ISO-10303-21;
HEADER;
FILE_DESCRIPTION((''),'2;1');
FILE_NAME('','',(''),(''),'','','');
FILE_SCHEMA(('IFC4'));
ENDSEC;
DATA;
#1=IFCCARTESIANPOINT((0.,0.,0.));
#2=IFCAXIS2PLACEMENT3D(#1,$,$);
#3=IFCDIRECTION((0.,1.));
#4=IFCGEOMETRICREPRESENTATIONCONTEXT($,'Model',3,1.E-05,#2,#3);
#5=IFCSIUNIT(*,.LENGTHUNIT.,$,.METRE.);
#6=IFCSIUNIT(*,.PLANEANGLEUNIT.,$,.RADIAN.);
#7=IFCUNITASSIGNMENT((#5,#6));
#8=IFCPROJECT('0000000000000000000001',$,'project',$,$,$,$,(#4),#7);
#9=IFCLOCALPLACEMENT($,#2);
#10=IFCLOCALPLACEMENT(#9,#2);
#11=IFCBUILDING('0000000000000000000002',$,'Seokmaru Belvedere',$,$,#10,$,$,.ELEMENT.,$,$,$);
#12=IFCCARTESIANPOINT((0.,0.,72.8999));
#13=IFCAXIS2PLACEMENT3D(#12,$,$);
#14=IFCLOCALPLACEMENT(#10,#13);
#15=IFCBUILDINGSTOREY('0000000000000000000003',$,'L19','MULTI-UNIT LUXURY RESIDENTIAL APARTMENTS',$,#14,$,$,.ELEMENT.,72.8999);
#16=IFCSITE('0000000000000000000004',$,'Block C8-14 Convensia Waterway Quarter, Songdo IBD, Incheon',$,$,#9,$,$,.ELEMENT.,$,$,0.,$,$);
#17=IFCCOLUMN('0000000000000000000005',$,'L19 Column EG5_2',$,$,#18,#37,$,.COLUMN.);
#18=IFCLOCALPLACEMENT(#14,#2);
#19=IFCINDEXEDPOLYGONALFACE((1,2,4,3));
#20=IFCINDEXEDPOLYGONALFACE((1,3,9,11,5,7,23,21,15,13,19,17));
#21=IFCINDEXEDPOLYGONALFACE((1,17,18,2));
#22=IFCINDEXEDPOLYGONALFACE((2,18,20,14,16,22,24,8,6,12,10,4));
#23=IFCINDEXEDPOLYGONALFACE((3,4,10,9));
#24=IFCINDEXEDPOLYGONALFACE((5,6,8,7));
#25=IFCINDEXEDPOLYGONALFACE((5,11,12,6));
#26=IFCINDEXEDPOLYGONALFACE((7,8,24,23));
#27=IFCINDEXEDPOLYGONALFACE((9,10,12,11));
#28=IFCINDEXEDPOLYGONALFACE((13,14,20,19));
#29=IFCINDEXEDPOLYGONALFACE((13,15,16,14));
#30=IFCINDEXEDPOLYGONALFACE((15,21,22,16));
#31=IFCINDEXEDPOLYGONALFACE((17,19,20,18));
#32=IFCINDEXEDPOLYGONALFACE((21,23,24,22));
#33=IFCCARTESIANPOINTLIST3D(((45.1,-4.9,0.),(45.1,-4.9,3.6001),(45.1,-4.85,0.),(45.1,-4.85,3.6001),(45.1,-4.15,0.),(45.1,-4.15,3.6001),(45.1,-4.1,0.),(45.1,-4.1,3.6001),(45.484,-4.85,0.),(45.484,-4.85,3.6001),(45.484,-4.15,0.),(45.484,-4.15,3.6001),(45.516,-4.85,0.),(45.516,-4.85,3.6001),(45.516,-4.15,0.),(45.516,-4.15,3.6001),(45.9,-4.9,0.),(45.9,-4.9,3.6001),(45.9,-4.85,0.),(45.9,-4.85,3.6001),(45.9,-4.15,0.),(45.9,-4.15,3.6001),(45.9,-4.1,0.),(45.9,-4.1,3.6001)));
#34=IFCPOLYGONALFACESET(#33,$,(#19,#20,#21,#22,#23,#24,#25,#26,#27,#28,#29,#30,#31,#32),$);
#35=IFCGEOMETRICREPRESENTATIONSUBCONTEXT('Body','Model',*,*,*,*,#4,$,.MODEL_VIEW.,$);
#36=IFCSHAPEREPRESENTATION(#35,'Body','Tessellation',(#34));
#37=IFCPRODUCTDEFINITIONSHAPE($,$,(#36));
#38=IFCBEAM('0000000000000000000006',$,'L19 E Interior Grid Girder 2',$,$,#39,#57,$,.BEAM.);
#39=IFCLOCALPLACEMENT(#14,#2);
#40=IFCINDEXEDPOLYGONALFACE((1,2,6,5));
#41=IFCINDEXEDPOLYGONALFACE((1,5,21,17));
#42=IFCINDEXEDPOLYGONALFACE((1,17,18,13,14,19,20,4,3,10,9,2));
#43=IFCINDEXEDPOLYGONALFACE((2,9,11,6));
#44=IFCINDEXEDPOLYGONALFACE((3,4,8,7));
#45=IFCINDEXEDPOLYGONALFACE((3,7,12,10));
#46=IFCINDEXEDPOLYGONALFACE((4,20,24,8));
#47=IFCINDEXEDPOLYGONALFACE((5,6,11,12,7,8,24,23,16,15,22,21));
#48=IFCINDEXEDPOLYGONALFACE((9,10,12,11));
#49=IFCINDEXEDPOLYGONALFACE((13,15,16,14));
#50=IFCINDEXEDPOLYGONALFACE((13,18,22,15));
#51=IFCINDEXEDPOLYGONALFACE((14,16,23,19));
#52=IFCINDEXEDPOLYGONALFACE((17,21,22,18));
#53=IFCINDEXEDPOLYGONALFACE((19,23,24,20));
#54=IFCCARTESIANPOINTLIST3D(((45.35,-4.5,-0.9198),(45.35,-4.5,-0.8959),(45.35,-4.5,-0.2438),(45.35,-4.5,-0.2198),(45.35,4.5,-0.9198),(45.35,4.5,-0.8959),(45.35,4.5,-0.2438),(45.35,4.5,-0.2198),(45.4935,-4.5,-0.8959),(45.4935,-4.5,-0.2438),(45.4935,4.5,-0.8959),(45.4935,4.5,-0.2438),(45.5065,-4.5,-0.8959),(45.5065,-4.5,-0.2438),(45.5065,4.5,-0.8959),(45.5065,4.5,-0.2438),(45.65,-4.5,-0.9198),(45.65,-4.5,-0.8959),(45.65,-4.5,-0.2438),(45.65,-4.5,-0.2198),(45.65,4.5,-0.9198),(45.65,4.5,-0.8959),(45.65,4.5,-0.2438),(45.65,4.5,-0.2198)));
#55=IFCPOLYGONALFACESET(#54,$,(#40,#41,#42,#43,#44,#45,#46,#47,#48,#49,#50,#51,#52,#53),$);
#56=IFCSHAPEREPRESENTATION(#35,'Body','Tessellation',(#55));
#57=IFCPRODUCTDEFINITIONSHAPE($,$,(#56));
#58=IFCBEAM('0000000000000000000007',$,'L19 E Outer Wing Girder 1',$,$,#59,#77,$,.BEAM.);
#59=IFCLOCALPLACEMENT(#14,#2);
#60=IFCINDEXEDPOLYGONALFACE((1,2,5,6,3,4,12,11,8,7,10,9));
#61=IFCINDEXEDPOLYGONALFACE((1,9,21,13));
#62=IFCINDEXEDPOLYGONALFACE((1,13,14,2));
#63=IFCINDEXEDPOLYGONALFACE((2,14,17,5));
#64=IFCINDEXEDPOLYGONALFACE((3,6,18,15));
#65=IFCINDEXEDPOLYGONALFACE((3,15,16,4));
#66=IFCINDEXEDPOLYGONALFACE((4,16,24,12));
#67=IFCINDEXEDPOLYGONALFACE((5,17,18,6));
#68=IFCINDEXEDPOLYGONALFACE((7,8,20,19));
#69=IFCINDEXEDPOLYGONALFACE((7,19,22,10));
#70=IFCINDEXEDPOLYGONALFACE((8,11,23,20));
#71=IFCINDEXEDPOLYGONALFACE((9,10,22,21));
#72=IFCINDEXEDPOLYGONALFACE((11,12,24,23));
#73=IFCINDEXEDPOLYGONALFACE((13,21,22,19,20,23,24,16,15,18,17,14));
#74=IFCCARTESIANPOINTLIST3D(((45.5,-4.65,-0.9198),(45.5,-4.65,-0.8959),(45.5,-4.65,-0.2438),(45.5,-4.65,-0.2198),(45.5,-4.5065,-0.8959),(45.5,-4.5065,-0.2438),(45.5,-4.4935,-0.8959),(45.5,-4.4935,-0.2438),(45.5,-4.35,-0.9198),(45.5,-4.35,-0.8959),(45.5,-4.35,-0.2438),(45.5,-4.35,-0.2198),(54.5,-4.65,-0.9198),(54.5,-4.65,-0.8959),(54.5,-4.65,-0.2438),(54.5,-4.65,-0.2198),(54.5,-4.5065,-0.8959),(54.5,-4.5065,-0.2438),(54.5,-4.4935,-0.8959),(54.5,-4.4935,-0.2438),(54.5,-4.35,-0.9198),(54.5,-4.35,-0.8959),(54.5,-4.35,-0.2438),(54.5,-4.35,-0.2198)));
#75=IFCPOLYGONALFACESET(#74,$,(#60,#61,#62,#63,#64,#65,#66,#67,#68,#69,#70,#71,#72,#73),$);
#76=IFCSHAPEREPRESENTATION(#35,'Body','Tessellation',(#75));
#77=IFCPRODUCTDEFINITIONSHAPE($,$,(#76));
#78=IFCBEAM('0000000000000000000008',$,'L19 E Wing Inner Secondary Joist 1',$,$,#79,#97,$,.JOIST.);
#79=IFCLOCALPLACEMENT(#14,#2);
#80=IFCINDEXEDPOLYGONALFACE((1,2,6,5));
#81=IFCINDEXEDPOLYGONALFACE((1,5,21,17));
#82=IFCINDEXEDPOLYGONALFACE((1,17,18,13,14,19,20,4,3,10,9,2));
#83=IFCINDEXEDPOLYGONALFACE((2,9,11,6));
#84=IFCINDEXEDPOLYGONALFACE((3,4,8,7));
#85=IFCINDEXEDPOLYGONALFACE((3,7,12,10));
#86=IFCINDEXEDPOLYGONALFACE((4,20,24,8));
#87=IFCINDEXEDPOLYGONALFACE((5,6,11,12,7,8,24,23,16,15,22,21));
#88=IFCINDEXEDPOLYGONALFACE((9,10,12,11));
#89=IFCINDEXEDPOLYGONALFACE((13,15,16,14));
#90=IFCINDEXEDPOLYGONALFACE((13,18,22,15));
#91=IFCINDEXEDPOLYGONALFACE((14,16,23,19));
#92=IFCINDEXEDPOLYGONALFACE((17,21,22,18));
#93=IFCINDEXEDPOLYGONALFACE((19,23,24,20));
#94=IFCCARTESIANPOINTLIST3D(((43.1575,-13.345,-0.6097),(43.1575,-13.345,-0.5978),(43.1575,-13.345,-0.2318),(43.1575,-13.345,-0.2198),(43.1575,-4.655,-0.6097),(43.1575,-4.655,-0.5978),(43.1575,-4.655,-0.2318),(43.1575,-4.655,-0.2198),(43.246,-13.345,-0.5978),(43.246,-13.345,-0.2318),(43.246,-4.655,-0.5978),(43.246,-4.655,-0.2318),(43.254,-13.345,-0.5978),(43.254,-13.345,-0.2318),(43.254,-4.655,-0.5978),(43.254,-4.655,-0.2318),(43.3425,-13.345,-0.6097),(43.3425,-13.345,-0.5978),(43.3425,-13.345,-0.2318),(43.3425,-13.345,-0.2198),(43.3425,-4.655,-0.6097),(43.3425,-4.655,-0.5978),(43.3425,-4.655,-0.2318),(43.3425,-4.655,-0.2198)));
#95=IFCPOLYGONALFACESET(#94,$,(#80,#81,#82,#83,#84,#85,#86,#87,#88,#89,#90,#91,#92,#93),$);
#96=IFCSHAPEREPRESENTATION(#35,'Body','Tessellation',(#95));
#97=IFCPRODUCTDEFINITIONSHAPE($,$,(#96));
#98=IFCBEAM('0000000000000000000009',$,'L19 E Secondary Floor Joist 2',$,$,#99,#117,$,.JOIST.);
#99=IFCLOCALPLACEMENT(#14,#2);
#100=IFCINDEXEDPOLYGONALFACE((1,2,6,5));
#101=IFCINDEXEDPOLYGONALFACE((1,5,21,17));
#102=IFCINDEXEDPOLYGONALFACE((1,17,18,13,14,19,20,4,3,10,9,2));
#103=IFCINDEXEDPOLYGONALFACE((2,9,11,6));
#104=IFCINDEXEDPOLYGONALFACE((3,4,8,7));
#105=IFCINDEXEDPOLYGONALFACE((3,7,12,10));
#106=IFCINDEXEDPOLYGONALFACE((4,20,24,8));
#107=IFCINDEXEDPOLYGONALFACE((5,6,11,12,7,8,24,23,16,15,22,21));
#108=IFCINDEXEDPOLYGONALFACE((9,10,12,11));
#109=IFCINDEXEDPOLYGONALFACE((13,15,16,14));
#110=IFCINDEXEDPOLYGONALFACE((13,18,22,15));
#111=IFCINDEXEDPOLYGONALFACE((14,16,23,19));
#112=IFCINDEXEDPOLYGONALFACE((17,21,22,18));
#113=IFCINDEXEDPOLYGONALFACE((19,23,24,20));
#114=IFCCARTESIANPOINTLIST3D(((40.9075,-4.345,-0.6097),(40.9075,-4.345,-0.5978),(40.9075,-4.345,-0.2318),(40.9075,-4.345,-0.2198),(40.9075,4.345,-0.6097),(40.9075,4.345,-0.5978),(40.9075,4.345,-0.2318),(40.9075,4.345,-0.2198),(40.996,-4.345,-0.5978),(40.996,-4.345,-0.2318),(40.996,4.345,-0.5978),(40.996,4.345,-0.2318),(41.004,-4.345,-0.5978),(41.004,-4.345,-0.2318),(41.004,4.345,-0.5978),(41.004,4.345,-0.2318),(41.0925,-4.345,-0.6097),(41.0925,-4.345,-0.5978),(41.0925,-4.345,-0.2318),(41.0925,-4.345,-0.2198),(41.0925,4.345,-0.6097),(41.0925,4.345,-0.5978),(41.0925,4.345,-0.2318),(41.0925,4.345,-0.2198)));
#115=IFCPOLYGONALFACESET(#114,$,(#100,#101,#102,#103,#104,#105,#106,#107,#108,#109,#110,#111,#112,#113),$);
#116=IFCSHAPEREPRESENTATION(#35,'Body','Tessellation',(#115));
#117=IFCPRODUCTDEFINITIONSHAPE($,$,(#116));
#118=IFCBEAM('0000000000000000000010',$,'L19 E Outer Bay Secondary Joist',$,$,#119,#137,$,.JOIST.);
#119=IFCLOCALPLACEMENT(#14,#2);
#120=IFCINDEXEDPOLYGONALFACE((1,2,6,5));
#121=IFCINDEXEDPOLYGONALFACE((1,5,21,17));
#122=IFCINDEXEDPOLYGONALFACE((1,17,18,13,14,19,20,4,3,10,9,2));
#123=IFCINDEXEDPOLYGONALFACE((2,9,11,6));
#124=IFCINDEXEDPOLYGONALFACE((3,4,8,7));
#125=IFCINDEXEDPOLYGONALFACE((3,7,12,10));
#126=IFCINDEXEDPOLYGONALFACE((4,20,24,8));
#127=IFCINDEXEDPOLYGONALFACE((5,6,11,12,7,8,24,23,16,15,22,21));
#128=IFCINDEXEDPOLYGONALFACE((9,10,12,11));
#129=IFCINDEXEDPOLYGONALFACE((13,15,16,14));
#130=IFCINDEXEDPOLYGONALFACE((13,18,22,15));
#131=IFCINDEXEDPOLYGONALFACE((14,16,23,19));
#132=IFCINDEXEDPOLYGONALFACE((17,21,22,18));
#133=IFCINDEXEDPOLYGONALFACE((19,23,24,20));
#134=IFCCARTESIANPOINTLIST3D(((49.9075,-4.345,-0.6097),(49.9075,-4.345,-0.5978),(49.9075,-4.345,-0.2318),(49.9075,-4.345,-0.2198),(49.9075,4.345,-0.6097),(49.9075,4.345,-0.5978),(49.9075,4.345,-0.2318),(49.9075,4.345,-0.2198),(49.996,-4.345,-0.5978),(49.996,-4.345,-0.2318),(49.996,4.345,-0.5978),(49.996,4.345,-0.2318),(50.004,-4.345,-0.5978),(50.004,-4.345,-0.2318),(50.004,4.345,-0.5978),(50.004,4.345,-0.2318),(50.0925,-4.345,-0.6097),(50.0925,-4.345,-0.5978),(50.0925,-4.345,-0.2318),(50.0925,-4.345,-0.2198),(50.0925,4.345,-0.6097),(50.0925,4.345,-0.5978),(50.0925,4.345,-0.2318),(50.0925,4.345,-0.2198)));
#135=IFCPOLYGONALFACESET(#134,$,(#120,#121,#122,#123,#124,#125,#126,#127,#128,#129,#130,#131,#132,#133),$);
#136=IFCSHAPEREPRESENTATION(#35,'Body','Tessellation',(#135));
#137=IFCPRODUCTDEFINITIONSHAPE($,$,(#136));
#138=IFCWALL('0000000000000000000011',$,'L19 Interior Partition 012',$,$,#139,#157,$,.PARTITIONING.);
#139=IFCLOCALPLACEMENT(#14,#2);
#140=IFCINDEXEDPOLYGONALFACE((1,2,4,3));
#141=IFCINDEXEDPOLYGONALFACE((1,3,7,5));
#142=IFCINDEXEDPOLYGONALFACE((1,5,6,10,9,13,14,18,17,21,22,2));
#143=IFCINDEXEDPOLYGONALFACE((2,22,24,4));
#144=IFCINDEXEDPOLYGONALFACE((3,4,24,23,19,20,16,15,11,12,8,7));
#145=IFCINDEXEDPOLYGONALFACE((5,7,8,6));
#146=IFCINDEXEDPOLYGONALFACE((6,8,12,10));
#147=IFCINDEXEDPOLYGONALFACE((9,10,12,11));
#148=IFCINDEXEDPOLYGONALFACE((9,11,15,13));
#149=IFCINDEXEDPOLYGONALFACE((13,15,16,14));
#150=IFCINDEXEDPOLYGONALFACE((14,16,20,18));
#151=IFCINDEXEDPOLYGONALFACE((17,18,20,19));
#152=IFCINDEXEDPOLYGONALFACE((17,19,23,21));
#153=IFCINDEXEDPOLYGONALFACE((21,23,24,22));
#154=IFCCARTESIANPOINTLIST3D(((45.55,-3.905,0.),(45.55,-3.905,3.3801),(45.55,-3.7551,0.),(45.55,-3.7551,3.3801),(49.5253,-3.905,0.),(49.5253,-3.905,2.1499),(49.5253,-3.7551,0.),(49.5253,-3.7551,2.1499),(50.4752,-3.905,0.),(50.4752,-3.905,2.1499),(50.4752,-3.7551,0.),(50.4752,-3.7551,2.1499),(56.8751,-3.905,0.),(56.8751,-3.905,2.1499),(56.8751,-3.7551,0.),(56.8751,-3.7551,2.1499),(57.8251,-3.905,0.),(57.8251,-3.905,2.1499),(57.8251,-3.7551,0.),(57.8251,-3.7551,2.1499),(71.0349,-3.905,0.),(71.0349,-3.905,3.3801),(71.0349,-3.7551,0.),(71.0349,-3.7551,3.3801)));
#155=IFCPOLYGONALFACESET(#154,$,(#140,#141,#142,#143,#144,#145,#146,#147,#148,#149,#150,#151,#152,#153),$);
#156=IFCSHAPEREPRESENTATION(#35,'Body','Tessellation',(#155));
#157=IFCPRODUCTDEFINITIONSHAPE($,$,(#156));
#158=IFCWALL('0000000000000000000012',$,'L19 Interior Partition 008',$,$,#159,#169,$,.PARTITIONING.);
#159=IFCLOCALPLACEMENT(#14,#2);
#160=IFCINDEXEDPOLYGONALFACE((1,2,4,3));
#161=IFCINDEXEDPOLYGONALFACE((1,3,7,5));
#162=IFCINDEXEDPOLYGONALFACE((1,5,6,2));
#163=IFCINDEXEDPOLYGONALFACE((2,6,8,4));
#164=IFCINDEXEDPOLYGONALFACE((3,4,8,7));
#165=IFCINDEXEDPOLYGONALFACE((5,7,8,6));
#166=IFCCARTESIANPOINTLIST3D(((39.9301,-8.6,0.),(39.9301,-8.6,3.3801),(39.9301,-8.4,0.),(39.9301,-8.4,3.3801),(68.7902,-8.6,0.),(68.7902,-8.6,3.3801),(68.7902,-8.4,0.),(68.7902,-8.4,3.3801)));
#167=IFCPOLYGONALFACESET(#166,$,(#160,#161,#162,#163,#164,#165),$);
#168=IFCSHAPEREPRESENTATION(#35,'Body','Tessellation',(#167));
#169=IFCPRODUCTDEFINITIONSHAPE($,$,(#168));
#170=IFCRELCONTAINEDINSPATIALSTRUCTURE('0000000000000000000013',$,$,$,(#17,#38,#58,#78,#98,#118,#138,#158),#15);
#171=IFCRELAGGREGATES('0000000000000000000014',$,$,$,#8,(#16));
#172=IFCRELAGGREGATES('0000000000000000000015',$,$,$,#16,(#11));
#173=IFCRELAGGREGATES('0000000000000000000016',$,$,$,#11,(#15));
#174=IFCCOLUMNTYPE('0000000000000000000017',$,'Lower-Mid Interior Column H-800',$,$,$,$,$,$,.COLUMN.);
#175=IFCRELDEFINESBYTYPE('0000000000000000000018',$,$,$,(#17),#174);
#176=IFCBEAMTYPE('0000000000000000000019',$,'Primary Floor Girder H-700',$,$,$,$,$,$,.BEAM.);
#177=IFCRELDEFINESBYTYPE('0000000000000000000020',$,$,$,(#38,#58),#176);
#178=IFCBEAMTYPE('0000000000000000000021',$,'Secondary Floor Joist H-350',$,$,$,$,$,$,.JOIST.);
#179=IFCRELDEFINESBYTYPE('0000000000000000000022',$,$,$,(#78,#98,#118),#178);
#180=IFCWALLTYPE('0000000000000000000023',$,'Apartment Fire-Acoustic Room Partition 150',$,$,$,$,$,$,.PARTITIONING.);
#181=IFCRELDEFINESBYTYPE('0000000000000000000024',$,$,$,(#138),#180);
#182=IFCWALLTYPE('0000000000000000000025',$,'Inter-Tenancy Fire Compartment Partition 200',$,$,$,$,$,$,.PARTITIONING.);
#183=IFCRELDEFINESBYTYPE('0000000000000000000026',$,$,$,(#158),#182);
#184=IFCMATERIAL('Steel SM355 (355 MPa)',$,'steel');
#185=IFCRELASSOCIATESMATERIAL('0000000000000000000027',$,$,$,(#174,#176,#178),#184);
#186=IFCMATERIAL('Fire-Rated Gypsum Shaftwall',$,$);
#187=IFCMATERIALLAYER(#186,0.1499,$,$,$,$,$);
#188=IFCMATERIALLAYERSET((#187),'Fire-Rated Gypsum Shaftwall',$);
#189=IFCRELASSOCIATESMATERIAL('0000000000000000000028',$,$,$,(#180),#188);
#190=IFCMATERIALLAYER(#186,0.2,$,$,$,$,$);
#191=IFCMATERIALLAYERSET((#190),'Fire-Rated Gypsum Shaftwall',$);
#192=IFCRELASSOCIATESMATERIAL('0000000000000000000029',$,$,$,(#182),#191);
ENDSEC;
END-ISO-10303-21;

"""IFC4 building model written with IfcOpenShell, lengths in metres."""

from ifc_helpers import new_model, si_unit, direction, frame, frame_2d, origin, origin_2d, place, context, subcontext, project, spatial, rectangle, i_section, extrude, source, transform, mapped, material, layer, layer_set, material_profile, profile_set, type_object, type_shapes, element, save


model = new_model("IFC4")

# Units and contexts
model_context = context("Model", 3, precision=1e-05, world=origin(), true_north=direction((0.0, 1.0)))
body_context = subcontext(model_context, "Body", "Model", "MODEL_VIEW")
ifc_project = project(units=[si_unit("LENGTHUNIT", "METRE"), si_unit("PLANEANGLEUNIT", "RADIAN")], contexts=[model_context])

# Site, building, storey
site_placement = place(None, origin())
site = spatial("IfcSite", under=ifc_project, at=site_placement, Name="Block C8-14 Convensia Waterway Quarter, Songdo IBD, Incheon", CompositionType="ELEMENT", RefElevation=0.0)
building_placement = place(site_placement, origin())
building = spatial("IfcBuilding", under=site, at=building_placement, Name="Seokmaru Belvedere", CompositionType="ELEMENT")
storey_placement = place(building_placement, frame((0.0, 0.0, 72.8999)))
storey = spatial("IfcBuildingStorey", under=building, at=storey_placement, Name="L19", Description="MULTI-UNIT LUXURY RESIDENTIAL APARTMENTS", CompositionType="ELEMENT", Elevation=72.8999)

# Column
ifc_material_1 = material(Name="Steel SM355 (355 MPa)", Category="steel")
ifc_material_profile_1 = material_profile(ifc_material_1, i_section(OverallWidth=0.8, OverallDepth=0.8, WebThickness=0.032, FlangeThickness=0.05, at=origin_2d()), Name="H-800x800x32x50")
ifc_profile_set_1 = profile_set([ifc_material_profile_1], Name="Steel SM355 (355 MPa)")
column_type = type_object("IfcColumnType", Name="Lower-Mid Interior Column H-800", PredefinedType="COLUMN", material=ifc_profile_set_1)
shared_shape_1 = source(origin(), body_context, "Body", "SweptSolid", [
    extrude(i_section(OverallWidth=0.8, OverallDepth=0.8, WebThickness=0.032, FlangeThickness=0.05, at=origin_2d()), origin(), (0.0, 0.0, 1.0), 3.6001),
])
type_shapes(column_type, [shared_shape_1])
column_placement = place(storey_placement, frame((45.5, -4.5, 0.0), z_axis=(0.0, 0.0, 1.0), x_axis=(1.0, 0.0, 0.0)))
element("IfcColumn", 1, at=column_placement, inside=storey, type_object=column_type, Name="L19 Column EG5_2", PredefinedType="COLUMN", context=body_context, shape_type="MappedRepresentation", body=[
    mapped(shared_shape_1, transform((0.0, 0.0, 0.0), scale=1.0)),
])

# Beams
ifc_material_profile_2 = material_profile(ifc_material_1, i_section(OverallWidth=0.3, OverallDepth=0.7, WebThickness=0.0129, FlangeThickness=0.0239, at=origin_2d()), Name="H-700x300x13x24")
ifc_profile_set_2 = profile_set([ifc_material_profile_2], Name="Steel SM355 (355 MPa)")
beam_type_1 = type_object("IfcBeamType", Name="Primary Floor Girder H-700", PredefinedType="BEAM", material=ifc_profile_set_2)
shared_shape_2 = source(origin(), body_context, "Body", "SweptSolid", [
    extrude(i_section(OverallWidth=0.3, OverallDepth=0.7, WebThickness=0.0129, FlangeThickness=0.0239, at=origin_2d()), origin(), (0.0, 0.0, 1.0), 9.0),
])
type_shapes(beam_type_1, [shared_shape_2])
for number, where, z_axis, x_axis, name in (
    (2, (45.5, -4.5, -0.5698), (0.0, 1.0, 0.0), (-1.0, 0.0, 0.0), "L19 E Interior Grid Girder 2"),
    (3, (45.5, -4.5, -0.5698), (1.0, 0.0, 0.0), (0.0, 1.0, 0.0), "L19 E Outer Wing Girder 1"),
):
    element("IfcBeam", number, at=place(storey_placement, frame(where, z_axis=z_axis, x_axis=x_axis)), inside=storey, type_object=beam_type_1, Name=name, PredefinedType="BEAM", context=body_context, shape_type="MappedRepresentation", body=[
        mapped(shared_shape_2, transform((0.0, 0.0, 0.0), scale=1.0)),
    ])
ifc_material_profile_3 = material_profile(ifc_material_1, i_section(OverallWidth=0.1851, OverallDepth=0.3899, WebThickness=0.0081, FlangeThickness=0.012, at=origin_2d()), Name="H-390x185x8x12")
ifc_profile_set_3 = profile_set([ifc_material_profile_3], Name="Steel SM355 (355 MPa)")
beam_type_2 = type_object("IfcBeamType", Name="Secondary Floor Joist H-350", PredefinedType="JOIST", material=ifc_profile_set_3)
shared_shape_3 = source(origin(), body_context, "Body", "SweptSolid", [
    extrude(i_section(OverallWidth=0.1851, OverallDepth=0.3899, WebThickness=0.0081, FlangeThickness=0.012, at=origin_2d()), origin(), (0.0, 0.0, 1.0), 8.6899),
])
type_shapes(beam_type_2, [shared_shape_3])
for number, where, z_axis, x_axis, name in (
    (4, (43.25, -13.345, -0.4148), (0.0, 1.0, 0.0), (-1.0, 0.0, 0.0), "L19 E Wing Inner Secondary Joist 1"),
    (5, (41.0, -4.345, -0.4148), (0.0, 1.0, 0.0), (-1.0, 0.0, 0.0), "L19 E Secondary Floor Joist 2"),
    (6, (50.0, -4.345, -0.4148), (0.0, 1.0, 0.0), (-1.0, 0.0, 0.0), "L19 E Outer Bay Secondary Joist"),
):
    element("IfcBeam", number, at=place(storey_placement, frame(where, z_axis=z_axis, x_axis=x_axis)), inside=storey, type_object=beam_type_2, Name=name, PredefinedType="JOIST", context=body_context, shape_type="MappedRepresentation", body=[
        mapped(shared_shape_3, transform((0.0, 0.0, 0.0), scale=1.0)),
    ])

# Wall, openings
ifc_material_2 = material(Name="Fire-Rated Gypsum Shaftwall")
ifc_layer_1 = layer(ifc_material_2, 0.1499)
ifc_layer_set_1 = layer_set([ifc_layer_1], Name="Fire-Rated Gypsum Shaftwall")
wall_type_1 = type_object("IfcWallType", Name="Apartment Fire-Acoustic Room Partition 150", PredefinedType="PARTITIONING", material=ifc_layer_set_1)
wall_1_placement = place(storey_placement, frame((45.55, -3.8301, 0.0), z_axis=(0.0, 0.0, 1.0), x_axis=(1.0, 0.0, 0.0)))
wall_1 = element("IfcWall", 7, at=wall_1_placement, inside=storey, type_object=wall_type_1, Name="L19 Interior Partition 012", PredefinedType="PARTITIONING", context=body_context, shape_type="SweptSolid", body=[
    extrude(rectangle(XDim=25.4849, YDim=0.1499, at=frame_2d((12.7424, 0.0))), origin(), (0.0, 0.0, 1.0), 3.3801),
])
opening_1_placement = place(wall_1_placement, frame((3.9751, 0.0, 0.0)))
element("IfcOpeningElement", 8, at=opening_1_placement, cuts=wall_1, PredefinedType="OPENING", context=body_context, shape_type="SweptSolid", body=[
    extrude(rectangle(XDim=0.95, YDim=2.1499, at=frame_2d((0.4751, 1.075))), frame((0.0, 0.085, 0.0), z_axis=(0.0, -1.0, 0.0), x_axis=(1.0, 0.0, 0.0)), (0.0, 0.0, 1.0), 0.1699),
])
opening_2_placement = place(wall_1_placement, frame((11.325, 0.0, 0.0)))
element("IfcOpeningElement", 9, at=opening_2_placement, cuts=wall_1, PredefinedType="OPENING", context=body_context, shape_type="SweptSolid", body=[
    extrude(rectangle(XDim=0.95, YDim=2.1499, at=frame_2d((0.4751, 1.075))), frame((0.0, 0.085, 0.0), z_axis=(0.0, -1.0, 0.0), x_axis=(1.0, 0.0, 0.0)), (0.0, 0.0, 1.0), 0.1699),
])

# Wall
ifc_layer_2 = layer(ifc_material_2, 0.2)
ifc_layer_set_2 = layer_set([ifc_layer_2], Name="Fire-Rated Gypsum Shaftwall")
wall_type_2 = type_object("IfcWallType", Name="Inter-Tenancy Fire Compartment Partition 200", PredefinedType="PARTITIONING", material=ifc_layer_set_2)
wall_2_placement = place(storey_placement, frame((39.9299, -8.5, 0.0), z_axis=(0.0, 0.0, 1.0), x_axis=(1.0, 0.0, 0.0)))
element("IfcWall", 10, at=wall_2_placement, inside=storey, type_object=wall_type_2, Name="L19 Interior Partition 008", PredefinedType="PARTITIONING", context=body_context, shape_type="SweptSolid", body=[
    extrude(rectangle(XDim=28.8601, YDim=0.2, at=frame_2d((14.4302, 0.0))), origin(), (0.0, 0.0, 1.0), 3.3801),
])

save(model, "model.ifc")
